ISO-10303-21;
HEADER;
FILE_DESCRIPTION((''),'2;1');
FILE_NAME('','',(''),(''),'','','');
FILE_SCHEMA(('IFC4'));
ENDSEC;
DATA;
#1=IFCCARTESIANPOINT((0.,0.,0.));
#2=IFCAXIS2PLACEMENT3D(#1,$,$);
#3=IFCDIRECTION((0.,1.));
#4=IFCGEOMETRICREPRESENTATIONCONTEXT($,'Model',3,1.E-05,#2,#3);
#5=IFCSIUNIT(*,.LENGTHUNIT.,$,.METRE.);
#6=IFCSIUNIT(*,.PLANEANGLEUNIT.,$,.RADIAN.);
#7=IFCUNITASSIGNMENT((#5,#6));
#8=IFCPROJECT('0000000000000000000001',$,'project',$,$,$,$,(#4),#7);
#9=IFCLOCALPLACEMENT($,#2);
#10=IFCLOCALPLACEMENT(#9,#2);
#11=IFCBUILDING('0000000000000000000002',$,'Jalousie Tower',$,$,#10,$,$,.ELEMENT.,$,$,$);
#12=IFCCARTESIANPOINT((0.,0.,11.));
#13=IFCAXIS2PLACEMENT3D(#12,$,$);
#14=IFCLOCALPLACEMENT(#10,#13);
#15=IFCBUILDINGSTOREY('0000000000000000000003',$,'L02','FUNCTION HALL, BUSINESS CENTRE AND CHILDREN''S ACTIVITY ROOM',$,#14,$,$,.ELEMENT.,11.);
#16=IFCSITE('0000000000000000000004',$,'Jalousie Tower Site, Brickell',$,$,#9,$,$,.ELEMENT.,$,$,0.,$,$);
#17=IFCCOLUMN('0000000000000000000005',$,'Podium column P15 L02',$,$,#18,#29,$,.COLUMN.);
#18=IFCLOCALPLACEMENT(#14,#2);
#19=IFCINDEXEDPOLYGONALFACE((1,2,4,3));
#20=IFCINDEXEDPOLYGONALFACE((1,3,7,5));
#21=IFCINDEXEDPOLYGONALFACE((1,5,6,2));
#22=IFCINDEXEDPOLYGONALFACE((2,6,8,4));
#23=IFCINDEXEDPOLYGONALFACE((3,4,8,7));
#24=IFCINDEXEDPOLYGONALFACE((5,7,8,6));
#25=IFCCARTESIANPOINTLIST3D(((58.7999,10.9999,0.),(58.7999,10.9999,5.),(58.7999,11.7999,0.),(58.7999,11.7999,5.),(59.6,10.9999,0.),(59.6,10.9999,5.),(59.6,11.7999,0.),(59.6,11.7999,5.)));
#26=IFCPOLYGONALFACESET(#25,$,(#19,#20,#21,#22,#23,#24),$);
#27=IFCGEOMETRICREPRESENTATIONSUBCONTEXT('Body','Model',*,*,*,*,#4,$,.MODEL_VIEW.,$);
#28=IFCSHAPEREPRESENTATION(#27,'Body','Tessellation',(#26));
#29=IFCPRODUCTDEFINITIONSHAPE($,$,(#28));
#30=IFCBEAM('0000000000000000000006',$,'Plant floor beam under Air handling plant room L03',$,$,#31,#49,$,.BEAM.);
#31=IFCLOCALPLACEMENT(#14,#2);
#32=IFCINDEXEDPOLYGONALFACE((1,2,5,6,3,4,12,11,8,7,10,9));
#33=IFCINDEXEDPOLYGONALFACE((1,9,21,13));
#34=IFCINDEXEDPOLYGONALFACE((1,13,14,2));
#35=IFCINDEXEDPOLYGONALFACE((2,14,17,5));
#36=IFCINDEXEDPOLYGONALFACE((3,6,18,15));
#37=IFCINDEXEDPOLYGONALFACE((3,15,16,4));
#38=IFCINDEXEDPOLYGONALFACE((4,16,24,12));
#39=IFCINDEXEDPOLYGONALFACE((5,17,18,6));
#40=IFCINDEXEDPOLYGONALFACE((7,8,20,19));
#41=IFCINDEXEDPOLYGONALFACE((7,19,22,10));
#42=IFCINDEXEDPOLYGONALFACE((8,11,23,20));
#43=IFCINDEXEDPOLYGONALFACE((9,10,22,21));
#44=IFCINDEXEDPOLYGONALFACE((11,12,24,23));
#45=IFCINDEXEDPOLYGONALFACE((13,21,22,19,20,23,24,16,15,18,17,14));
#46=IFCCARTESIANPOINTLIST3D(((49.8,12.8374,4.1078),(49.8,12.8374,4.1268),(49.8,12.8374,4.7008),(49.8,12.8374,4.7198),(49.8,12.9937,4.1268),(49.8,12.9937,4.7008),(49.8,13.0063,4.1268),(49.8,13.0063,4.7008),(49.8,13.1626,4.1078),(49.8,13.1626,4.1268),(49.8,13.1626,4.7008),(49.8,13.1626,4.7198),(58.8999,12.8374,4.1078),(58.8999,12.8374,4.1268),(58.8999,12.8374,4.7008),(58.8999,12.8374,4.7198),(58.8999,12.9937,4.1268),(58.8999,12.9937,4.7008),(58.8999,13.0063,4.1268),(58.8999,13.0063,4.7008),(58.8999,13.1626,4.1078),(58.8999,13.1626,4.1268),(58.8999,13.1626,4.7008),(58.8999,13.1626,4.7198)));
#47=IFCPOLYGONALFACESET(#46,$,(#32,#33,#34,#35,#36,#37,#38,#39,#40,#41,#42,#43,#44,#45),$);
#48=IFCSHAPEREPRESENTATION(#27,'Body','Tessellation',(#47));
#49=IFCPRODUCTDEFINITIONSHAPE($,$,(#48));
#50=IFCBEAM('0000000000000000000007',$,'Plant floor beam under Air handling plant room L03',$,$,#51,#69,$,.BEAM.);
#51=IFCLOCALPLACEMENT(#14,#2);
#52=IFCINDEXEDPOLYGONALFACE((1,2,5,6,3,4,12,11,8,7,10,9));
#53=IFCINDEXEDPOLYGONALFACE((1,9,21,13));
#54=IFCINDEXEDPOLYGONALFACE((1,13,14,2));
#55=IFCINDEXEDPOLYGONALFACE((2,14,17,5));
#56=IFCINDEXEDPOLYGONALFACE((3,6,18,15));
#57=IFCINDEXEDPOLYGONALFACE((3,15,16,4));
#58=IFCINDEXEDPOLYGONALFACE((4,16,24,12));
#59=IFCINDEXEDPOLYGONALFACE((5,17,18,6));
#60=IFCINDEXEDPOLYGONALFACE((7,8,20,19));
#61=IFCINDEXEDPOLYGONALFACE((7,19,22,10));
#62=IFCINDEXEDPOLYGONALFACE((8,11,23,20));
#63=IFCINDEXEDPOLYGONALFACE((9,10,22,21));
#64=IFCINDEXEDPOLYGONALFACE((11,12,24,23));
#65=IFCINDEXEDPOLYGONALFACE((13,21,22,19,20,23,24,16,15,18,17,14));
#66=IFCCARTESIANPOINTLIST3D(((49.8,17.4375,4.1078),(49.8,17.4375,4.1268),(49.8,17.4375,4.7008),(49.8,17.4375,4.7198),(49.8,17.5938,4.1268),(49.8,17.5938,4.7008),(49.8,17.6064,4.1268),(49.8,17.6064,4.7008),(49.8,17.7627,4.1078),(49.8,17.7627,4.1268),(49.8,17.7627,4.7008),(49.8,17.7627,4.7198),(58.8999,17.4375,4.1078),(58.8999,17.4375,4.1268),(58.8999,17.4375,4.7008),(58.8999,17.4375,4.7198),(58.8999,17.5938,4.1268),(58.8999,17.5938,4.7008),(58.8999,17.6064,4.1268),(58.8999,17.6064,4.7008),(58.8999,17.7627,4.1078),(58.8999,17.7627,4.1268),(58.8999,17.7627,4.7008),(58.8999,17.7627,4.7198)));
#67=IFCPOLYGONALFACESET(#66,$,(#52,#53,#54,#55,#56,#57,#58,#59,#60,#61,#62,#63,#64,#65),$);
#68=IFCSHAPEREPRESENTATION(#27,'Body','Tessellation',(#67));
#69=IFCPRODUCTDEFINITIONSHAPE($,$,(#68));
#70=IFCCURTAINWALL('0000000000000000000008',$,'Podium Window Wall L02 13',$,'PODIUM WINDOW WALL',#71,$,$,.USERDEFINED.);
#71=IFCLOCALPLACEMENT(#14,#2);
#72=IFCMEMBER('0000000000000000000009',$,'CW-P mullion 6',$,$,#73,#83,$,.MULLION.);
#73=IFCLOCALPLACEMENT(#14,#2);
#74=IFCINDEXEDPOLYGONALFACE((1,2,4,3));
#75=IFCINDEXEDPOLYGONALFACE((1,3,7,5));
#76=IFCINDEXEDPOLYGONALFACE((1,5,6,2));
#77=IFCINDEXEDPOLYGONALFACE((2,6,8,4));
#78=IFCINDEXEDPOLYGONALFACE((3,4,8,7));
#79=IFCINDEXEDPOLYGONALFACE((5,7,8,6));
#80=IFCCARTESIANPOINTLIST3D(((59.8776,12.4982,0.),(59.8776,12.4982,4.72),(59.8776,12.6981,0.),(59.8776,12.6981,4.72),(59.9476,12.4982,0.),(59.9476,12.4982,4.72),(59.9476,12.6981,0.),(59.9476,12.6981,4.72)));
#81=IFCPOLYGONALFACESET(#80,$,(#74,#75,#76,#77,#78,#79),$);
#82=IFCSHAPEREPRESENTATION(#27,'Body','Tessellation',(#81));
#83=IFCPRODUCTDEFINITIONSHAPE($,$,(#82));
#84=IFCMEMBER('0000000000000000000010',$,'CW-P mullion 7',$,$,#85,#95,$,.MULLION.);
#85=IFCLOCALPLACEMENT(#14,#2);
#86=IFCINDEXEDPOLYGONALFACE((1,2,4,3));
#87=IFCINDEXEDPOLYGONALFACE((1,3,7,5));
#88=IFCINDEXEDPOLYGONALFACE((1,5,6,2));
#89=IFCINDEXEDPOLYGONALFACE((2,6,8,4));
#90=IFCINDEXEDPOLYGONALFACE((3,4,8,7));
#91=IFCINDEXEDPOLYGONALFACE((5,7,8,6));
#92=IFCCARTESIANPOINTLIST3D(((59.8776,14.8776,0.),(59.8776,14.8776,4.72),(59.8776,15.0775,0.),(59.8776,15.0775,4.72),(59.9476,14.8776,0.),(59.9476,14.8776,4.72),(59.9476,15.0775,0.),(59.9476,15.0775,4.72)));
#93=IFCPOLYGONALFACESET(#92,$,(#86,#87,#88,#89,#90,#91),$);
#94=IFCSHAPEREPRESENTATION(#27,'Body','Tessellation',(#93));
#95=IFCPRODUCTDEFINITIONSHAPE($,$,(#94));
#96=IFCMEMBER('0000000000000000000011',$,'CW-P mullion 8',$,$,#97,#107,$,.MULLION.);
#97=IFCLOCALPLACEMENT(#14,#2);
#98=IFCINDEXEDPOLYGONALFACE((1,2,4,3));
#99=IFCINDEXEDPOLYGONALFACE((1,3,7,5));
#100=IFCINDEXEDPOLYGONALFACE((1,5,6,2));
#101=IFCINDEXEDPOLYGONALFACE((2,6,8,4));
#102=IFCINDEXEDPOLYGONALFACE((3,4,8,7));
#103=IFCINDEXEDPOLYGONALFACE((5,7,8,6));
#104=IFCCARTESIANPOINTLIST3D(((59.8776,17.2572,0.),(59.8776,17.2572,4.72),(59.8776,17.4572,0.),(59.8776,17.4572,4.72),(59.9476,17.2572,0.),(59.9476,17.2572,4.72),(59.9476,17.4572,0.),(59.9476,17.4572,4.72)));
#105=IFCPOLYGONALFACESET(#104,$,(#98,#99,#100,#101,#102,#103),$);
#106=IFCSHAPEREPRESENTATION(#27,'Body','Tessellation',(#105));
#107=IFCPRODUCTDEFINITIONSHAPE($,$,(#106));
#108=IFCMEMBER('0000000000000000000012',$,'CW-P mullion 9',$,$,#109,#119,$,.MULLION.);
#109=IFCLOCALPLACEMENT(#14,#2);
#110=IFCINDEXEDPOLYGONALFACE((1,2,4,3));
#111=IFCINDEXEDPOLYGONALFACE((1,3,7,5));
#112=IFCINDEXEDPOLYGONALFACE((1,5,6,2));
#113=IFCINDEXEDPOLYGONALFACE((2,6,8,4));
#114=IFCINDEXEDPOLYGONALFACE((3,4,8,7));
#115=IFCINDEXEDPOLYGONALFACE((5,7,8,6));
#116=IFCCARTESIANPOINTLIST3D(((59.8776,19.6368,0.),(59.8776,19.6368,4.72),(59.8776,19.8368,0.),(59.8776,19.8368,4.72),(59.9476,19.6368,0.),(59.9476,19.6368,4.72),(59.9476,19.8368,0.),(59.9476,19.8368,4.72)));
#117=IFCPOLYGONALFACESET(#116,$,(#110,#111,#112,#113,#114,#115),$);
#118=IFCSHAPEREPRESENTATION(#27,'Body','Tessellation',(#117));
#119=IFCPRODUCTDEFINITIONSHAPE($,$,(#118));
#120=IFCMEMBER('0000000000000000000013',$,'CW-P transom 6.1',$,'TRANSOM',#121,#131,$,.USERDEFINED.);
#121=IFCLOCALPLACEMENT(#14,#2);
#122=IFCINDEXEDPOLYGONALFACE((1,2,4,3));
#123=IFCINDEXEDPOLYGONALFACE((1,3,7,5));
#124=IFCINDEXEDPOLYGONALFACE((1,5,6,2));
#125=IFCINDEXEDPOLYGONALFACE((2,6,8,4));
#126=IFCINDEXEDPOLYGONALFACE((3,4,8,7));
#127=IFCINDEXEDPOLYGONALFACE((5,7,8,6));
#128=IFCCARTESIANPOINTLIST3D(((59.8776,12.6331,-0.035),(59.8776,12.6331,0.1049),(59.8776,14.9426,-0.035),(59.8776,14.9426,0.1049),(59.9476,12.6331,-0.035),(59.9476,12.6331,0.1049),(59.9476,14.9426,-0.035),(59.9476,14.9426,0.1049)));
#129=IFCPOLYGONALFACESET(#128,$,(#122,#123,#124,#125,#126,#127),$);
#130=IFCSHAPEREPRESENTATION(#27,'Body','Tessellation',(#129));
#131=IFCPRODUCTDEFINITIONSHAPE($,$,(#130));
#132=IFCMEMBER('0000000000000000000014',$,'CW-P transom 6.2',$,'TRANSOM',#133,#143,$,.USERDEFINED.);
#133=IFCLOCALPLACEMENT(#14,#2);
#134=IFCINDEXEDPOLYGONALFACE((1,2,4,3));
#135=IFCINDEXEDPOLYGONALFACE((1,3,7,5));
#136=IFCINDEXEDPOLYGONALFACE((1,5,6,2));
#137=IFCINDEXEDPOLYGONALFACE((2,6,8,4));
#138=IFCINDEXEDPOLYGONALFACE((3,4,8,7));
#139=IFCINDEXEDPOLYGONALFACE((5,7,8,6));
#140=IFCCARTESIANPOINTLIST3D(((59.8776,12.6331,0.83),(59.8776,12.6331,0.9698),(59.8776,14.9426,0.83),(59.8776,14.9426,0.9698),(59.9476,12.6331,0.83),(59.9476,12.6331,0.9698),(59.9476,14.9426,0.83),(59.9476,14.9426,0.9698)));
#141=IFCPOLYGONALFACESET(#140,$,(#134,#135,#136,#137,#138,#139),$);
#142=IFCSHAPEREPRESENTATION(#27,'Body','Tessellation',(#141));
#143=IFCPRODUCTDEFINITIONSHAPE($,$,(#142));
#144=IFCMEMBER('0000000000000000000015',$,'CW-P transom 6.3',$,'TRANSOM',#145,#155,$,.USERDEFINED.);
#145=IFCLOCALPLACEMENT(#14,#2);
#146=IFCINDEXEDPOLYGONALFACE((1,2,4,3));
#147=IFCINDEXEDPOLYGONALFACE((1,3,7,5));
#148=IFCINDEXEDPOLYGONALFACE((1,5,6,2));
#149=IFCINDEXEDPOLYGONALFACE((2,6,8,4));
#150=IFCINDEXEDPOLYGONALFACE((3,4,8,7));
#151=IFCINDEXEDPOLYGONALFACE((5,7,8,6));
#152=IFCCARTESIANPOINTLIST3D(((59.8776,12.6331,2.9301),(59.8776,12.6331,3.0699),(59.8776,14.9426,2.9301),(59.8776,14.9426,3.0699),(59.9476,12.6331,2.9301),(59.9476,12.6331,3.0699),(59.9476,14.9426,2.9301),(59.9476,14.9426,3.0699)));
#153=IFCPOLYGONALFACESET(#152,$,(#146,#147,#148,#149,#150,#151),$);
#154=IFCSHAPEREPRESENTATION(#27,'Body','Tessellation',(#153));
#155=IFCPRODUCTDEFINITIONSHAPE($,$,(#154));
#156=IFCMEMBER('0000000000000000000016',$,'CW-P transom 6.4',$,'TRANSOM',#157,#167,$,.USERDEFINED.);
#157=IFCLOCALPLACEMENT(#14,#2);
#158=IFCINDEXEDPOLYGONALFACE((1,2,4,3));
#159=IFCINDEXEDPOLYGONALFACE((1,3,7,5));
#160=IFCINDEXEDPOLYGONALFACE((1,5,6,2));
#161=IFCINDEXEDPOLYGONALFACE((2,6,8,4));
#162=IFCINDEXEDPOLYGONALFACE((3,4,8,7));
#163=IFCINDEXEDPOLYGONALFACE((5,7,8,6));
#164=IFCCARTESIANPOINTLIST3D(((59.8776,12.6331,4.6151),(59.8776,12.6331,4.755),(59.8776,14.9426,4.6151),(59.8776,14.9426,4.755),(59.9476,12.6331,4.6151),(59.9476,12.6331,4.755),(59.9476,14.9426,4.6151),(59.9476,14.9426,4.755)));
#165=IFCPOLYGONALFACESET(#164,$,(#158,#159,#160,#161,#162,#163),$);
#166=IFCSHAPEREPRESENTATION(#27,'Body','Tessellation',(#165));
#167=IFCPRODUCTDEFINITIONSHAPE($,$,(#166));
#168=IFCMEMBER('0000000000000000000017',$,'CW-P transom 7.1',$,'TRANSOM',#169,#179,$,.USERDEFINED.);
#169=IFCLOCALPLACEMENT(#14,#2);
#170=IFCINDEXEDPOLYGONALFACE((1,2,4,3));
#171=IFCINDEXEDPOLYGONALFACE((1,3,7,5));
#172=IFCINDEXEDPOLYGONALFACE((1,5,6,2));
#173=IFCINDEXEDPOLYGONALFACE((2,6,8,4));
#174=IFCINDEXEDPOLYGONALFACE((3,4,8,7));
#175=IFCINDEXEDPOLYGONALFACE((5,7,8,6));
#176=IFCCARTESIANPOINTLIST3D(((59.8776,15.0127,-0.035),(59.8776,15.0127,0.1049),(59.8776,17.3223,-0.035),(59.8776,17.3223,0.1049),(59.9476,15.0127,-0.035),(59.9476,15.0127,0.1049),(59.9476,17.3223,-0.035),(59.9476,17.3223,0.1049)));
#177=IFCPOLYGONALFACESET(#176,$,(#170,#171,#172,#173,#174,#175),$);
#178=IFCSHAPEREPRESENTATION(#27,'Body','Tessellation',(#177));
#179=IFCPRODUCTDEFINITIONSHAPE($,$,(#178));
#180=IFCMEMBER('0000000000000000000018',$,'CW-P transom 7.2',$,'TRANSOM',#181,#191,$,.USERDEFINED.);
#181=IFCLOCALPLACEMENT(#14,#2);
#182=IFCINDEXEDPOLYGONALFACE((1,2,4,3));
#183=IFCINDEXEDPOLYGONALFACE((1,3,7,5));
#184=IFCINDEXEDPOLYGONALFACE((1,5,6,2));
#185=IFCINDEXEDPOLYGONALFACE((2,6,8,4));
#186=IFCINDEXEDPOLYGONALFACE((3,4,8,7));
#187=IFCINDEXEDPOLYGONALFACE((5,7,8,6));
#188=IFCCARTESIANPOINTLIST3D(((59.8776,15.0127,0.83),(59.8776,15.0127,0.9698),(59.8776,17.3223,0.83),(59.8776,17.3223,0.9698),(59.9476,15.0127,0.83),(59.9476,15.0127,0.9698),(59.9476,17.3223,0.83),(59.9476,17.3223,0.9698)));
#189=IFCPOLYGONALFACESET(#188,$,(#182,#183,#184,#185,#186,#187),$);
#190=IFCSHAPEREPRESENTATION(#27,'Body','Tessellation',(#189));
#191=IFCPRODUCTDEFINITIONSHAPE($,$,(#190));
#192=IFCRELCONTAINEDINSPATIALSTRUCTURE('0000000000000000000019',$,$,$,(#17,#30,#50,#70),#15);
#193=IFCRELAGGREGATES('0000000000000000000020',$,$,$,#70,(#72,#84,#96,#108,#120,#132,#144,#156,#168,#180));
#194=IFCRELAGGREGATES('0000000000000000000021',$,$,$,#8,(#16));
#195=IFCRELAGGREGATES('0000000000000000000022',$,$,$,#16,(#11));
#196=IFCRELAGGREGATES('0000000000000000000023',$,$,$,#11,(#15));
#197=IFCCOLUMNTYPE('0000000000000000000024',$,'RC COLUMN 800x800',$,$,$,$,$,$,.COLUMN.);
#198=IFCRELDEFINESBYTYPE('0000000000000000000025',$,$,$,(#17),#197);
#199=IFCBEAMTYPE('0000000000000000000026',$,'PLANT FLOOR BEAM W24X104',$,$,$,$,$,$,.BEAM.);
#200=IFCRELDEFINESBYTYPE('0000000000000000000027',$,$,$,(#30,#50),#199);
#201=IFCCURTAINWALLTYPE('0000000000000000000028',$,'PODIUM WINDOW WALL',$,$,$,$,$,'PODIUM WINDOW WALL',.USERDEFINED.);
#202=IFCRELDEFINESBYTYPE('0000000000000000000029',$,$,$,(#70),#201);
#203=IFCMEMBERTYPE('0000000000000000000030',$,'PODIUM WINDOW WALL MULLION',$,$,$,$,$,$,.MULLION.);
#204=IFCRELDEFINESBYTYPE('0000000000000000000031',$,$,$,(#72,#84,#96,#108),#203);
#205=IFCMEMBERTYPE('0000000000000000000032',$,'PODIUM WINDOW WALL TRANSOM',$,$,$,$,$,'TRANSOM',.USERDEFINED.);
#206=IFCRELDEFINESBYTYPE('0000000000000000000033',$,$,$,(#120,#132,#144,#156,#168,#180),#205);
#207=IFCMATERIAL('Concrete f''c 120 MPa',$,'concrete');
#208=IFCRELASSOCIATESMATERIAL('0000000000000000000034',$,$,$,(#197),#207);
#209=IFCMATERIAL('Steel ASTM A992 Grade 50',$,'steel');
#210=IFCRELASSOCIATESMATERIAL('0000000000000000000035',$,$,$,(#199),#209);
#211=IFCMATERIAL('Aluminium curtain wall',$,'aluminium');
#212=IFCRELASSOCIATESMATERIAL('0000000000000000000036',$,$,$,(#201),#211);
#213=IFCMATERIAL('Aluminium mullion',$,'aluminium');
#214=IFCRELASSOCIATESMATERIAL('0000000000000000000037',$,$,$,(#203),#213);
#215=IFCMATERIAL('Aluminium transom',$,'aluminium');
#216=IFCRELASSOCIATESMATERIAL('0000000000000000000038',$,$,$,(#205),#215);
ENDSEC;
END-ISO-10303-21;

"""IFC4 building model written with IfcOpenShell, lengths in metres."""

from ifc_helpers import new_model, si_unit, direction, frame, origin, origin_2d, place, context, subcontext, project, spatial, rectangle, i_section, extrude, material, material_profile, profile_set, type_object, element, aggregate, save


model = new_model("IFC4")

# Units and contexts
model_context = context("Model", 3, precision=1e-05, world=origin(), true_north=direction((0.0, 1.0)))
body_context = subcontext(model_context, "Body", "Model", "MODEL_VIEW")
ifc_project = project(units=[si_unit("LENGTHUNIT", "METRE"), si_unit("PLANEANGLEUNIT", "RADIAN")], contexts=[model_context])

# Site, building, storey
site_placement = place(None, origin())
site = spatial("IfcSite", under=ifc_project, at=site_placement, Name="Jalousie Tower Site, Brickell", CompositionType="ELEMENT", RefElevation=0.0)
building_placement = place(site_placement, origin())
building = spatial("IfcBuilding", under=site, at=building_placement, Name="Jalousie Tower", CompositionType="ELEMENT")
storey_placement = place(building_placement, frame((0.0, 0.0, 11.0)))
storey = spatial("IfcBuildingStorey", under=building, at=storey_placement, Name="L02", Description="FUNCTION HALL, BUSINESS CENTRE AND CHILDREN'S ACTIVITY ROOM", CompositionType="ELEMENT", Elevation=11.0)

# Column
ifc_material_1 = material(Name="Concrete f'c 120 MPa", Category="concrete")
ifc_material_profile_1 = material_profile(ifc_material_1, rectangle(XDim=0.8, YDim=0.8, at=origin_2d()), Name="RC 800x800")
ifc_profile_set_1 = profile_set([ifc_material_profile_1], Name="Concrete f'c 120 MPa")
column_type = type_object("IfcColumnType", Name="RC COLUMN 800x800", PredefinedType="COLUMN", material=ifc_profile_set_1)
column_placement = place(storey_placement, frame((59.2, 11.3999, 0.0), z_axis=(0.0, 0.0, 1.0), x_axis=(1.0, 0.0, 0.0)))
element("IfcColumn", 1, at=column_placement, inside=storey, type_object=column_type, Name="Podium column P15 L02", PredefinedType="COLUMN", context=body_context, shape_type="SweptSolid", body=[
    extrude(rectangle(XDim=0.8, YDim=0.8, at=origin_2d()), origin(), (0.0, 0.0, 1.0), 5.0),
])

# Beams
ifc_material_2 = material(Name="Steel ASTM A992 Grade 50", Category="steel")
ifc_material_profile_2 = material_profile(ifc_material_2, i_section(OverallWidth=0.3252, OverallDepth=0.6121, WebThickness=0.0127, FlangeThickness=0.019, at=origin_2d()), Name="W24X104")
ifc_profile_set_2 = profile_set([ifc_material_profile_2], Name="Steel ASTM A992 Grade 50")
beam_type_1 = type_object("IfcBeamType", Name="PLANT FLOOR BEAM W24X104", PredefinedType="BEAM", material=ifc_profile_set_2)
for number, where, z_axis, x_axis, name in (
    (2, (49.8, 13.0, 4.4138), (1.0, 0.0, 0.0), (0.0, 1.0, 0.0), "Plant floor beam under Air handling plant room L03"),
    (3, (49.8, 17.6001, 4.4138), (1.0, 0.0, 0.0), (0.0, 1.0, 0.0), "Plant floor beam under Air handling plant room L03"),
):
    element("IfcBeam", number, at=place(storey_placement, frame(where, z_axis=z_axis, x_axis=x_axis)), inside=storey, type_object=beam_type_1, Name=name, PredefinedType="BEAM", context=body_context, shape_type="SweptSolid", body=[
        extrude(i_section(OverallWidth=0.3252, OverallDepth=0.6121, WebThickness=0.0127, FlangeThickness=0.019, at=origin_2d()), origin(), (0.0, 0.0, 1.0), 9.0999),
    ])

# Curtain wall, members
ifc_material_3 = material(Name="Aluminium curtain wall", Category="aluminium")
curtain_wall_type = type_object("IfcCurtainWallType", Name="PODIUM WINDOW WALL", ElementType="PODIUM WINDOW WALL", PredefinedType="USERDEFINED", material=ifc_material_3)
curtain_wall_placement = place(storey_placement, origin())
curtain_wall = element("IfcCurtainWall", 4, at=curtain_wall_placement, inside=storey, type_object=curtain_wall_type, Name="Podium Window Wall L02 13", ObjectType="PODIUM WINDOW WALL", PredefinedType="USERDEFINED")
ifc_material_4 = material(Name="Aluminium mullion", Category="aluminium")
ifc_material_profile_3 = material_profile(ifc_material_4, rectangle(XDim=0.0701, YDim=0.2, at=origin_2d()), Name="MULLION 70x200")
ifc_profile_set_3 = profile_set([ifc_material_profile_3], Name="Aluminium mullion")
member_type_1 = type_object("IfcMemberType", Name="PODIUM WINDOW WALL MULLION", PredefinedType="MULLION", material=ifc_profile_set_3)
member_1_placement = place(storey_placement, frame((59.9126, 12.5981, 0.0), z_axis=(0.0, 0.0, 1.0), x_axis=(-1.0, 0.0, 0.0)))
member_1 = element("IfcMember", 5, at=member_1_placement, type_object=member_type_1, Name="CW-P mullion 6", PredefinedType="MULLION", context=body_context, shape_type="SweptSolid", body=[
    extrude(rectangle(XDim=0.0701, YDim=0.2, at=origin_2d()), origin(), (0.0, 0.0, 1.0), 4.72),
])
member_2_placement = place(storey_placement, frame((59.9126, 14.9775, 0.0), z_axis=(0.0, 0.0, 1.0), x_axis=(-1.0, 0.0, 0.0)))
member_2 = element("IfcMember", 6, at=member_2_placement, type_object=member_type_1, Name="CW-P mullion 7", PredefinedType="MULLION", context=body_context, shape_type="SweptSolid", body=[
    extrude(rectangle(XDim=0.0701, YDim=0.2, at=origin_2d()), origin(), (0.0, 0.0, 1.0), 4.72),
])
member_3_placement = place(storey_placement, frame((59.9126, 17.3572, 0.0), z_axis=(0.0, 0.0, 1.0), x_axis=(-1.0, 0.0, 0.0)))
member_3 = element("IfcMember", 7, at=member_3_placement, type_object=member_type_1, Name="CW-P mullion 8", PredefinedType="MULLION", context=body_context, shape_type="SweptSolid", body=[
    extrude(rectangle(XDim=0.0701, YDim=0.2, at=origin_2d()), origin(), (0.0, 0.0, 1.0), 4.72),
])
member_4_placement = place(storey_placement, frame((59.9126, 19.7368, 0.0), z_axis=(0.0, 0.0, 1.0), x_axis=(-1.0, 0.0, 0.0)))
member_4 = element("IfcMember", 8, at=member_4_placement, type_object=member_type_1, Name="CW-P mullion 9", PredefinedType="MULLION", context=body_context, shape_type="SweptSolid", body=[
    extrude(rectangle(XDim=0.0701, YDim=0.2, at=origin_2d()), origin(), (0.0, 0.0, 1.0), 4.72),
])
ifc_material_5 = material(Name="Aluminium transom", Category="aluminium")
ifc_material_profile_4 = material_profile(ifc_material_5, rectangle(XDim=0.0701, YDim=0.1399, at=origin_2d()), Name="TRANSOM 70x140")
ifc_profile_set_4 = profile_set([ifc_material_profile_4], Name="Aluminium transom")
member_type_2 = type_object("IfcMemberType", Name="PODIUM WINDOW WALL TRANSOM", ElementType="TRANSOM", PredefinedType="USERDEFINED", material=ifc_profile_set_4)
member_5_placement = place(storey_placement, frame((59.9126, 12.6331, 0.0349), z_axis=(0.0, 1.0, 0.0), x_axis=(-1.0, 0.0, 0.0)))
member_5 = element("IfcMember", 9, at=member_5_placement, type_object=member_type_2, Name="CW-P transom 6.1", ObjectType="TRANSOM", PredefinedType="USERDEFINED", context=body_context, shape_type="SweptSolid", body=[
    extrude(rectangle(XDim=0.0701, YDim=0.1399, at=origin_2d()), origin(), (0.0, 0.0, 1.0), 2.3096),
])
member_6_placement = place(storey_placement, frame((59.9126, 12.6331, 0.8999), z_axis=(0.0, 1.0, 0.0), x_axis=(-1.0, 0.0, 0.0)))
member_6 = element("IfcMember", 10, at=member_6_placement, type_object=member_type_2, Name="CW-P transom 6.2", ObjectType="TRANSOM", PredefinedType="USERDEFINED", context=body_context, shape_type="SweptSolid", body=[
    extrude(rectangle(XDim=0.0701, YDim=0.1399, at=origin_2d()), origin(), (0.0, 0.0, 1.0), 2.3096),
])
member_7_placement = place(storey_placement, frame((59.9126, 12.6331, 3.0), z_axis=(0.0, 1.0, 0.0), x_axis=(-1.0, 0.0, 0.0)))
member_7 = element("IfcMember", 11, at=member_7_placement, type_object=member_type_2, Name="CW-P transom 6.3", ObjectType="TRANSOM", PredefinedType="USERDEFINED", context=body_context, shape_type="SweptSolid", body=[
    extrude(rectangle(XDim=0.0701, YDim=0.1399, at=origin_2d()), origin(), (0.0, 0.0, 1.0), 2.3096),
])
member_8_placement = place(storey_placement, frame((59.9126, 12.6331, 4.6851), z_axis=(0.0, 1.0, 0.0), x_axis=(-1.0, 0.0, 0.0)))
member_8 = element("IfcMember", 12, at=member_8_placement, type_object=member_type_2, Name="CW-P transom 6.4", ObjectType="TRANSOM", PredefinedType="USERDEFINED", context=body_context, shape_type="SweptSolid", body=[
    extrude(rectangle(XDim=0.0701, YDim=0.1399, at=origin_2d()), origin(), (0.0, 0.0, 1.0), 2.3096),
])
member_9_placement = place(storey_placement, frame((59.9126, 15.0127, 0.0349), z_axis=(0.0, 1.0, 0.0), x_axis=(-1.0, 0.0, 0.0)))
member_9 = element("IfcMember", 13, at=member_9_placement, type_object=member_type_2, Name="CW-P transom 7.1", ObjectType="TRANSOM", PredefinedType="USERDEFINED", context=body_context, shape_type="SweptSolid", body=[
    extrude(rectangle(XDim=0.0701, YDim=0.1399, at=origin_2d()), origin(), (0.0, 0.0, 1.0), 2.3096),
])
member_10_placement = place(storey_placement, frame((59.9126, 15.0127, 0.8999), z_axis=(0.0, 1.0, 0.0), x_axis=(-1.0, 0.0, 0.0)))
member_10 = element("IfcMember", 14, at=member_10_placement, type_object=member_type_2, Name="CW-P transom 7.2", ObjectType="TRANSOM", PredefinedType="USERDEFINED", context=body_context, shape_type="SweptSolid", body=[
    extrude(rectangle(XDim=0.0701, YDim=0.1399, at=origin_2d()), origin(), (0.0, 0.0, 1.0), 2.3096),
])

aggregate(curtain_wall, [member_1, member_2, member_3, member_4, member_5, member_6, member_7, member_8, member_9, member_10])

save(model, "model.ifc")
